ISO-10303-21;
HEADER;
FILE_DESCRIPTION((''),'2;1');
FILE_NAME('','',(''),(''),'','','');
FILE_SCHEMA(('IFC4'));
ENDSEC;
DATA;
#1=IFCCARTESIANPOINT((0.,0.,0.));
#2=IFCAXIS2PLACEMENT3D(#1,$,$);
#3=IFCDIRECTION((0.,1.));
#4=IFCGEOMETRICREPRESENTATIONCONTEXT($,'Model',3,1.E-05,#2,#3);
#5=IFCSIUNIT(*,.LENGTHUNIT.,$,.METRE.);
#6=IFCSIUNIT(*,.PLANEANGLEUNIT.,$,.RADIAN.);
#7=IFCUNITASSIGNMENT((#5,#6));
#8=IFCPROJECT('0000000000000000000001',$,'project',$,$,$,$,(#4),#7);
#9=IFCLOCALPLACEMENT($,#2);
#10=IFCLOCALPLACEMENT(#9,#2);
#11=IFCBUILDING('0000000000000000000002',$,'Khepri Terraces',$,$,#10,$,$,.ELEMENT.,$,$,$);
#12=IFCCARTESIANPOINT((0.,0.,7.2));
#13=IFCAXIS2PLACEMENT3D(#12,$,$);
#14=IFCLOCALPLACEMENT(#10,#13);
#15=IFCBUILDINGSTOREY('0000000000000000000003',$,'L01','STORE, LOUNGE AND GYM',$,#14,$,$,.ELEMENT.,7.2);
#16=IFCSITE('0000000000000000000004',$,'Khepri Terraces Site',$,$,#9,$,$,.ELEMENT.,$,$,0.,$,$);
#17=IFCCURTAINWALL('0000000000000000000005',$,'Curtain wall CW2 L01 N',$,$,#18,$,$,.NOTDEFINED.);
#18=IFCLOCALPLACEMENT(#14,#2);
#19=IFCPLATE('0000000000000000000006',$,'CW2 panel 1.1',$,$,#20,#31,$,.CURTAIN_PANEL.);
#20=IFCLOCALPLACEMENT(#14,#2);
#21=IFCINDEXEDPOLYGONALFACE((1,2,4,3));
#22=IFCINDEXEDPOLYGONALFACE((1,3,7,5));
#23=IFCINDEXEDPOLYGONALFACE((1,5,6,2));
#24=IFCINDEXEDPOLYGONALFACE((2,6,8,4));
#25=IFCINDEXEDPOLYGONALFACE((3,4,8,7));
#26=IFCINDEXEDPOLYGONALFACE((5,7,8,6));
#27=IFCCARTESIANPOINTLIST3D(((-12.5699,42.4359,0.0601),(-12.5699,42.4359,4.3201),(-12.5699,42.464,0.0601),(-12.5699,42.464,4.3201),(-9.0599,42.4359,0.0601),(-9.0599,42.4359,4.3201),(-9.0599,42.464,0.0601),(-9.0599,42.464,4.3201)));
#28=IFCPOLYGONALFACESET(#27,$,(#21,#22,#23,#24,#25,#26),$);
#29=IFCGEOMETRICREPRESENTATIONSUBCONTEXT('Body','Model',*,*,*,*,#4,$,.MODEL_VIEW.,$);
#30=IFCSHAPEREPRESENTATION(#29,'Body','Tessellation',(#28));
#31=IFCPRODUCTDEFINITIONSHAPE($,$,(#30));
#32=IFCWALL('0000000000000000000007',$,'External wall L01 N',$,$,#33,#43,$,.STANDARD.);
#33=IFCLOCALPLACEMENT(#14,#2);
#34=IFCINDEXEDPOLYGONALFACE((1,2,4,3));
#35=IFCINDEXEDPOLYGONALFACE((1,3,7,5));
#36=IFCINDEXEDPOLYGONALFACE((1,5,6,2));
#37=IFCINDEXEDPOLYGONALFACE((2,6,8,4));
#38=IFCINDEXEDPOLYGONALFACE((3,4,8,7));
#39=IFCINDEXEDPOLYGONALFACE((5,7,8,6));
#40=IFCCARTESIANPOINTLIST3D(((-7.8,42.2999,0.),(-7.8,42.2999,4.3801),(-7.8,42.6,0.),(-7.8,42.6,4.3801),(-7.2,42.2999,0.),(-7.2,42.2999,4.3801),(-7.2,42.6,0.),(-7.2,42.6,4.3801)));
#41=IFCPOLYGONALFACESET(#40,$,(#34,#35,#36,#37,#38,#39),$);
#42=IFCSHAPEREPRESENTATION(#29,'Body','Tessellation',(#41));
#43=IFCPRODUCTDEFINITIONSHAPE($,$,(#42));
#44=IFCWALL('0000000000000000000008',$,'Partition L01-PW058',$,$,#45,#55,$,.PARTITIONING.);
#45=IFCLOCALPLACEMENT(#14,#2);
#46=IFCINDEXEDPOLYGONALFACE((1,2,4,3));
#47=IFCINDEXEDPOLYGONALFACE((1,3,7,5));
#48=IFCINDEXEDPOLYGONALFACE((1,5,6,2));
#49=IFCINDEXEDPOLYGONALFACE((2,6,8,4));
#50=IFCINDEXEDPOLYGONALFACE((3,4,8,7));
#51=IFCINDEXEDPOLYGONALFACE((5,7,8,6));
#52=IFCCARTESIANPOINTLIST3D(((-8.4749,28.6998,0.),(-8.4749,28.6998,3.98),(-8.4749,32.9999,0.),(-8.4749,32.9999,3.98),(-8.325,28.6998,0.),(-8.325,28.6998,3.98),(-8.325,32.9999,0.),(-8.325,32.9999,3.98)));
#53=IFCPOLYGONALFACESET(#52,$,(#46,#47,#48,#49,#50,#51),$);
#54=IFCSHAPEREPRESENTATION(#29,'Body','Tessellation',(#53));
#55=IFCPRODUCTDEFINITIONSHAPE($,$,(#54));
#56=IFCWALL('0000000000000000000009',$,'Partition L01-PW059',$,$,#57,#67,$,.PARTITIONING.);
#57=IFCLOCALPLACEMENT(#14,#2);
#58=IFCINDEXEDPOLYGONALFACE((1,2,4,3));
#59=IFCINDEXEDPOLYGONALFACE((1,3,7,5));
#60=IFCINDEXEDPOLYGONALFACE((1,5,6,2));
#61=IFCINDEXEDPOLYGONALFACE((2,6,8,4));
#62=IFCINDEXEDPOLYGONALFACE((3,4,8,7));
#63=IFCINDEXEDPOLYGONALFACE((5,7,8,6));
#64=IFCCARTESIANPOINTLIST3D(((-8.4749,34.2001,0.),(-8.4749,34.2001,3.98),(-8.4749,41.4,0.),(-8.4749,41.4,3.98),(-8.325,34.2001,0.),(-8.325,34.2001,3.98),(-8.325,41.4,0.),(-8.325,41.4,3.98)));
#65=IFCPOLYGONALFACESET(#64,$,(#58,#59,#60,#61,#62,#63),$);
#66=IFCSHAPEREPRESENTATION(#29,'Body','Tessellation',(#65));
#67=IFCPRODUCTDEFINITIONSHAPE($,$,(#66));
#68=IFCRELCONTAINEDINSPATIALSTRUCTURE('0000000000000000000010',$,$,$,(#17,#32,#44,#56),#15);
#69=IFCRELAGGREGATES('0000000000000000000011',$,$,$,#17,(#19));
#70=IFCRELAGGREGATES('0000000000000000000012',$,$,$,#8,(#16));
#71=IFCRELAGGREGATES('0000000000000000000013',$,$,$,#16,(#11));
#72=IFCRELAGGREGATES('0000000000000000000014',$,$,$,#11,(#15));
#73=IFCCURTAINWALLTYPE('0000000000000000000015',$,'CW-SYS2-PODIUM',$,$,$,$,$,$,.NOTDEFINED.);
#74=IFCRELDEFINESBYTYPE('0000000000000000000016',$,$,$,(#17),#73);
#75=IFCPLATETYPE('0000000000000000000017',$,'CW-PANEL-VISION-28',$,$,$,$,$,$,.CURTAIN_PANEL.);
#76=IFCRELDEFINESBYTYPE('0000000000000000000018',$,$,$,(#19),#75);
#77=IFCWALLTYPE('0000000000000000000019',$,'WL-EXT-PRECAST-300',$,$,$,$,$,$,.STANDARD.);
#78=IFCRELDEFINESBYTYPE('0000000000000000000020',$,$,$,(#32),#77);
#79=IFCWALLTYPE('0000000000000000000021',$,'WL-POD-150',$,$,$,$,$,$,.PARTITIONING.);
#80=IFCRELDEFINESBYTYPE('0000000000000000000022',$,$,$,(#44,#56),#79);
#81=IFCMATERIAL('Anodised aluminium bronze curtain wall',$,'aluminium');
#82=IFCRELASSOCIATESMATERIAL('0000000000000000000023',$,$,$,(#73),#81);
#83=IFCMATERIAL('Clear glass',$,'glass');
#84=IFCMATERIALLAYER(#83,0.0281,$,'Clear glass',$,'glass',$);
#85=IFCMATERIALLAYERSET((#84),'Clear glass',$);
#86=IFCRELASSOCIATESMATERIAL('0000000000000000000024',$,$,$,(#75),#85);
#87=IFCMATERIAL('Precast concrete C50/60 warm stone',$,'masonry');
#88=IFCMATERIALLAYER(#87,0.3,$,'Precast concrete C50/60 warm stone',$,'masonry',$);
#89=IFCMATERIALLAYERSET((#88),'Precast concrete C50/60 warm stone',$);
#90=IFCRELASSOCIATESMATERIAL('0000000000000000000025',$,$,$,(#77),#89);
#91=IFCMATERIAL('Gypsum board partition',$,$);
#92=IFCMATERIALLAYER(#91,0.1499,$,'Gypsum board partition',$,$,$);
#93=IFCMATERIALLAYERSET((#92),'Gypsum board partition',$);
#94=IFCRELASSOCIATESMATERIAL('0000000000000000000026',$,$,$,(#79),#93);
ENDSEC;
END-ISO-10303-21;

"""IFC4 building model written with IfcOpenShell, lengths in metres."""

from ifc_helpers import new_model, si_unit, direction, frame, frame_2d, origin, origin_2d, place, context, subcontext, project, spatial, rectangle, extrude, material, layer, layer_set, type_object, element, aggregate, save


model = new_model("IFC4")

# Units and contexts
model_context = context("Model", 3, precision=1e-05, world=origin(), true_north=direction((0.0, 1.0)))
body_context = subcontext(model_context, "Body", "Model", "MODEL_VIEW")
ifc_project = project(units=[si_unit("LENGTHUNIT", "METRE"), si_unit("PLANEANGLEUNIT", "RADIAN")], contexts=[model_context])

# Site, building, storey
site_placement = place(None, origin())
site = spatial("IfcSite", under=ifc_project, at=site_placement, Name="Khepri Terraces Site", CompositionType="ELEMENT", RefElevation=0.0)
building_placement = place(site_placement, origin())
building = spatial("IfcBuilding", under=site, at=building_placement, Name="Khepri Terraces", CompositionType="ELEMENT")
storey_placement = place(building_placement, frame((0.0, 0.0, 7.2)))
storey = spatial("IfcBuildingStorey", under=building, at=storey_placement, Name="L01", Description="STORE, LOUNGE AND GYM", CompositionType="ELEMENT", Elevation=7.2)

# Curtain wall
ifc_material_1 = material(Name="Anodised aluminium bronze curtain wall", Category="aluminium")
curtain_wall_type = type_object("IfcCurtainWallType", Name="CW-SYS2-PODIUM", PredefinedType="NOTDEFINED", material=ifc_material_1)
curtain_wall_1_placement = place(storey_placement, origin())
curtain_wall_1 = element("IfcCurtainWall", 1, at=curtain_wall_1_placement, inside=storey, type_object=curtain_wall_type, Name="Curtain wall CW2 L01 N", PredefinedType="NOTDEFINED")

# Plate
ifc_material_2 = material(Name="Clear glass", Category="glass")
ifc_layer_1 = layer(ifc_material_2, 0.0281, Name="Clear glass", Category="glass")
ifc_layer_set_1 = layer_set([ifc_layer_1], Name="Clear glass")
plate_type = type_object("IfcPlateType", Name="CW-PANEL-VISION-28", PredefinedType="CURTAIN_PANEL", material=ifc_layer_set_1)
plate_1_placement = place(storey_placement, frame((-10.8149, 42.45, 0.0601), z_axis=(0.0, 0.0, 1.0), x_axis=(-1.0, 0.0, 0.0)))
plate_1 = element("IfcPlate", 2, at=plate_1_placement, type_object=plate_type, Name="CW2 panel 1.1", PredefinedType="CURTAIN_PANEL", context=body_context, shape_type="SweptSolid", body=[
    extrude(rectangle(XDim=3.51, YDim=0.0281, at=origin_2d()), origin(), (0.0, 0.0, 1.0), 4.26),
])
aggregate(curtain_wall_1, [plate_1])

# Shared definitions
ifc_material_3 = material(Name="Precast concrete C50/60 warm stone", Category="masonry")
ifc_layer_2 = layer(ifc_material_3, 0.3, Name="Precast concrete C50/60 warm stone", Category="masonry")
ifc_layer_set_2 = layer_set([ifc_layer_2], Name="Precast concrete C50/60 warm stone")
wall_type_1 = type_object("IfcWallType", Name="WL-EXT-PRECAST-300", PredefinedType="STANDARD", material=ifc_layer_set_2)

# Walls
wall_1_placement = place(storey_placement, frame((-7.2, 42.45, 0.0), z_axis=(0.0, 0.0, 1.0), x_axis=(-1.0, 0.0, 0.0)))
element("IfcWall", 3, at=wall_1_placement, inside=storey, type_object=wall_type_1, Name="External wall L01 N", PredefinedType="STANDARD", context=body_context, shape_type="SweptSolid", body=[
    extrude(rectangle(XDim=0.6001, YDim=0.3, at=frame_2d((0.3, 0.0))), origin(), (0.0, 0.0, 1.0), 4.3801),
])
ifc_material_4 = material(Name="Gypsum board partition")
ifc_layer_3 = layer(ifc_material_4, 0.1499, Name="Gypsum board partition")
ifc_layer_set_3 = layer_set([ifc_layer_3], Name="Gypsum board partition")
wall_type_2 = type_object("IfcWallType", Name="WL-POD-150", PredefinedType="PARTITIONING", material=ifc_layer_set_3)
wall_2_placement = place(storey_placement, frame((-8.3999, 28.7, 0.0), z_axis=(0.0, 0.0, 1.0), x_axis=(0.0, 1.0, 0.0)))
element("IfcWall", 4, at=wall_2_placement, inside=storey, type_object=wall_type_2, Name="Partition L01-PW058", PredefinedType="PARTITIONING", context=body_context, shape_type="SweptSolid", body=[
    extrude(rectangle(XDim=4.3, YDim=0.1499, at=frame_2d((2.1499, 0.0))), origin(), (0.0, 0.0, 1.0), 3.98),
])
wall_3_placement = place(storey_placement, frame((-8.3999, 34.2, 0.0), z_axis=(0.0, 0.0, 1.0), x_axis=(0.0, 1.0, 0.0)))
element("IfcWall", 5, at=wall_3_placement, inside=storey, type_object=wall_type_2, Name="Partition L01-PW059", PredefinedType="PARTITIONING", context=body_context, shape_type="SweptSolid", body=[
    extrude(rectangle(XDim=7.2, YDim=0.1499, at=frame_2d((3.6001, 0.0))), origin(), (0.0, 0.0, 1.0), 3.98),
])

save(model, "model.ifc")
